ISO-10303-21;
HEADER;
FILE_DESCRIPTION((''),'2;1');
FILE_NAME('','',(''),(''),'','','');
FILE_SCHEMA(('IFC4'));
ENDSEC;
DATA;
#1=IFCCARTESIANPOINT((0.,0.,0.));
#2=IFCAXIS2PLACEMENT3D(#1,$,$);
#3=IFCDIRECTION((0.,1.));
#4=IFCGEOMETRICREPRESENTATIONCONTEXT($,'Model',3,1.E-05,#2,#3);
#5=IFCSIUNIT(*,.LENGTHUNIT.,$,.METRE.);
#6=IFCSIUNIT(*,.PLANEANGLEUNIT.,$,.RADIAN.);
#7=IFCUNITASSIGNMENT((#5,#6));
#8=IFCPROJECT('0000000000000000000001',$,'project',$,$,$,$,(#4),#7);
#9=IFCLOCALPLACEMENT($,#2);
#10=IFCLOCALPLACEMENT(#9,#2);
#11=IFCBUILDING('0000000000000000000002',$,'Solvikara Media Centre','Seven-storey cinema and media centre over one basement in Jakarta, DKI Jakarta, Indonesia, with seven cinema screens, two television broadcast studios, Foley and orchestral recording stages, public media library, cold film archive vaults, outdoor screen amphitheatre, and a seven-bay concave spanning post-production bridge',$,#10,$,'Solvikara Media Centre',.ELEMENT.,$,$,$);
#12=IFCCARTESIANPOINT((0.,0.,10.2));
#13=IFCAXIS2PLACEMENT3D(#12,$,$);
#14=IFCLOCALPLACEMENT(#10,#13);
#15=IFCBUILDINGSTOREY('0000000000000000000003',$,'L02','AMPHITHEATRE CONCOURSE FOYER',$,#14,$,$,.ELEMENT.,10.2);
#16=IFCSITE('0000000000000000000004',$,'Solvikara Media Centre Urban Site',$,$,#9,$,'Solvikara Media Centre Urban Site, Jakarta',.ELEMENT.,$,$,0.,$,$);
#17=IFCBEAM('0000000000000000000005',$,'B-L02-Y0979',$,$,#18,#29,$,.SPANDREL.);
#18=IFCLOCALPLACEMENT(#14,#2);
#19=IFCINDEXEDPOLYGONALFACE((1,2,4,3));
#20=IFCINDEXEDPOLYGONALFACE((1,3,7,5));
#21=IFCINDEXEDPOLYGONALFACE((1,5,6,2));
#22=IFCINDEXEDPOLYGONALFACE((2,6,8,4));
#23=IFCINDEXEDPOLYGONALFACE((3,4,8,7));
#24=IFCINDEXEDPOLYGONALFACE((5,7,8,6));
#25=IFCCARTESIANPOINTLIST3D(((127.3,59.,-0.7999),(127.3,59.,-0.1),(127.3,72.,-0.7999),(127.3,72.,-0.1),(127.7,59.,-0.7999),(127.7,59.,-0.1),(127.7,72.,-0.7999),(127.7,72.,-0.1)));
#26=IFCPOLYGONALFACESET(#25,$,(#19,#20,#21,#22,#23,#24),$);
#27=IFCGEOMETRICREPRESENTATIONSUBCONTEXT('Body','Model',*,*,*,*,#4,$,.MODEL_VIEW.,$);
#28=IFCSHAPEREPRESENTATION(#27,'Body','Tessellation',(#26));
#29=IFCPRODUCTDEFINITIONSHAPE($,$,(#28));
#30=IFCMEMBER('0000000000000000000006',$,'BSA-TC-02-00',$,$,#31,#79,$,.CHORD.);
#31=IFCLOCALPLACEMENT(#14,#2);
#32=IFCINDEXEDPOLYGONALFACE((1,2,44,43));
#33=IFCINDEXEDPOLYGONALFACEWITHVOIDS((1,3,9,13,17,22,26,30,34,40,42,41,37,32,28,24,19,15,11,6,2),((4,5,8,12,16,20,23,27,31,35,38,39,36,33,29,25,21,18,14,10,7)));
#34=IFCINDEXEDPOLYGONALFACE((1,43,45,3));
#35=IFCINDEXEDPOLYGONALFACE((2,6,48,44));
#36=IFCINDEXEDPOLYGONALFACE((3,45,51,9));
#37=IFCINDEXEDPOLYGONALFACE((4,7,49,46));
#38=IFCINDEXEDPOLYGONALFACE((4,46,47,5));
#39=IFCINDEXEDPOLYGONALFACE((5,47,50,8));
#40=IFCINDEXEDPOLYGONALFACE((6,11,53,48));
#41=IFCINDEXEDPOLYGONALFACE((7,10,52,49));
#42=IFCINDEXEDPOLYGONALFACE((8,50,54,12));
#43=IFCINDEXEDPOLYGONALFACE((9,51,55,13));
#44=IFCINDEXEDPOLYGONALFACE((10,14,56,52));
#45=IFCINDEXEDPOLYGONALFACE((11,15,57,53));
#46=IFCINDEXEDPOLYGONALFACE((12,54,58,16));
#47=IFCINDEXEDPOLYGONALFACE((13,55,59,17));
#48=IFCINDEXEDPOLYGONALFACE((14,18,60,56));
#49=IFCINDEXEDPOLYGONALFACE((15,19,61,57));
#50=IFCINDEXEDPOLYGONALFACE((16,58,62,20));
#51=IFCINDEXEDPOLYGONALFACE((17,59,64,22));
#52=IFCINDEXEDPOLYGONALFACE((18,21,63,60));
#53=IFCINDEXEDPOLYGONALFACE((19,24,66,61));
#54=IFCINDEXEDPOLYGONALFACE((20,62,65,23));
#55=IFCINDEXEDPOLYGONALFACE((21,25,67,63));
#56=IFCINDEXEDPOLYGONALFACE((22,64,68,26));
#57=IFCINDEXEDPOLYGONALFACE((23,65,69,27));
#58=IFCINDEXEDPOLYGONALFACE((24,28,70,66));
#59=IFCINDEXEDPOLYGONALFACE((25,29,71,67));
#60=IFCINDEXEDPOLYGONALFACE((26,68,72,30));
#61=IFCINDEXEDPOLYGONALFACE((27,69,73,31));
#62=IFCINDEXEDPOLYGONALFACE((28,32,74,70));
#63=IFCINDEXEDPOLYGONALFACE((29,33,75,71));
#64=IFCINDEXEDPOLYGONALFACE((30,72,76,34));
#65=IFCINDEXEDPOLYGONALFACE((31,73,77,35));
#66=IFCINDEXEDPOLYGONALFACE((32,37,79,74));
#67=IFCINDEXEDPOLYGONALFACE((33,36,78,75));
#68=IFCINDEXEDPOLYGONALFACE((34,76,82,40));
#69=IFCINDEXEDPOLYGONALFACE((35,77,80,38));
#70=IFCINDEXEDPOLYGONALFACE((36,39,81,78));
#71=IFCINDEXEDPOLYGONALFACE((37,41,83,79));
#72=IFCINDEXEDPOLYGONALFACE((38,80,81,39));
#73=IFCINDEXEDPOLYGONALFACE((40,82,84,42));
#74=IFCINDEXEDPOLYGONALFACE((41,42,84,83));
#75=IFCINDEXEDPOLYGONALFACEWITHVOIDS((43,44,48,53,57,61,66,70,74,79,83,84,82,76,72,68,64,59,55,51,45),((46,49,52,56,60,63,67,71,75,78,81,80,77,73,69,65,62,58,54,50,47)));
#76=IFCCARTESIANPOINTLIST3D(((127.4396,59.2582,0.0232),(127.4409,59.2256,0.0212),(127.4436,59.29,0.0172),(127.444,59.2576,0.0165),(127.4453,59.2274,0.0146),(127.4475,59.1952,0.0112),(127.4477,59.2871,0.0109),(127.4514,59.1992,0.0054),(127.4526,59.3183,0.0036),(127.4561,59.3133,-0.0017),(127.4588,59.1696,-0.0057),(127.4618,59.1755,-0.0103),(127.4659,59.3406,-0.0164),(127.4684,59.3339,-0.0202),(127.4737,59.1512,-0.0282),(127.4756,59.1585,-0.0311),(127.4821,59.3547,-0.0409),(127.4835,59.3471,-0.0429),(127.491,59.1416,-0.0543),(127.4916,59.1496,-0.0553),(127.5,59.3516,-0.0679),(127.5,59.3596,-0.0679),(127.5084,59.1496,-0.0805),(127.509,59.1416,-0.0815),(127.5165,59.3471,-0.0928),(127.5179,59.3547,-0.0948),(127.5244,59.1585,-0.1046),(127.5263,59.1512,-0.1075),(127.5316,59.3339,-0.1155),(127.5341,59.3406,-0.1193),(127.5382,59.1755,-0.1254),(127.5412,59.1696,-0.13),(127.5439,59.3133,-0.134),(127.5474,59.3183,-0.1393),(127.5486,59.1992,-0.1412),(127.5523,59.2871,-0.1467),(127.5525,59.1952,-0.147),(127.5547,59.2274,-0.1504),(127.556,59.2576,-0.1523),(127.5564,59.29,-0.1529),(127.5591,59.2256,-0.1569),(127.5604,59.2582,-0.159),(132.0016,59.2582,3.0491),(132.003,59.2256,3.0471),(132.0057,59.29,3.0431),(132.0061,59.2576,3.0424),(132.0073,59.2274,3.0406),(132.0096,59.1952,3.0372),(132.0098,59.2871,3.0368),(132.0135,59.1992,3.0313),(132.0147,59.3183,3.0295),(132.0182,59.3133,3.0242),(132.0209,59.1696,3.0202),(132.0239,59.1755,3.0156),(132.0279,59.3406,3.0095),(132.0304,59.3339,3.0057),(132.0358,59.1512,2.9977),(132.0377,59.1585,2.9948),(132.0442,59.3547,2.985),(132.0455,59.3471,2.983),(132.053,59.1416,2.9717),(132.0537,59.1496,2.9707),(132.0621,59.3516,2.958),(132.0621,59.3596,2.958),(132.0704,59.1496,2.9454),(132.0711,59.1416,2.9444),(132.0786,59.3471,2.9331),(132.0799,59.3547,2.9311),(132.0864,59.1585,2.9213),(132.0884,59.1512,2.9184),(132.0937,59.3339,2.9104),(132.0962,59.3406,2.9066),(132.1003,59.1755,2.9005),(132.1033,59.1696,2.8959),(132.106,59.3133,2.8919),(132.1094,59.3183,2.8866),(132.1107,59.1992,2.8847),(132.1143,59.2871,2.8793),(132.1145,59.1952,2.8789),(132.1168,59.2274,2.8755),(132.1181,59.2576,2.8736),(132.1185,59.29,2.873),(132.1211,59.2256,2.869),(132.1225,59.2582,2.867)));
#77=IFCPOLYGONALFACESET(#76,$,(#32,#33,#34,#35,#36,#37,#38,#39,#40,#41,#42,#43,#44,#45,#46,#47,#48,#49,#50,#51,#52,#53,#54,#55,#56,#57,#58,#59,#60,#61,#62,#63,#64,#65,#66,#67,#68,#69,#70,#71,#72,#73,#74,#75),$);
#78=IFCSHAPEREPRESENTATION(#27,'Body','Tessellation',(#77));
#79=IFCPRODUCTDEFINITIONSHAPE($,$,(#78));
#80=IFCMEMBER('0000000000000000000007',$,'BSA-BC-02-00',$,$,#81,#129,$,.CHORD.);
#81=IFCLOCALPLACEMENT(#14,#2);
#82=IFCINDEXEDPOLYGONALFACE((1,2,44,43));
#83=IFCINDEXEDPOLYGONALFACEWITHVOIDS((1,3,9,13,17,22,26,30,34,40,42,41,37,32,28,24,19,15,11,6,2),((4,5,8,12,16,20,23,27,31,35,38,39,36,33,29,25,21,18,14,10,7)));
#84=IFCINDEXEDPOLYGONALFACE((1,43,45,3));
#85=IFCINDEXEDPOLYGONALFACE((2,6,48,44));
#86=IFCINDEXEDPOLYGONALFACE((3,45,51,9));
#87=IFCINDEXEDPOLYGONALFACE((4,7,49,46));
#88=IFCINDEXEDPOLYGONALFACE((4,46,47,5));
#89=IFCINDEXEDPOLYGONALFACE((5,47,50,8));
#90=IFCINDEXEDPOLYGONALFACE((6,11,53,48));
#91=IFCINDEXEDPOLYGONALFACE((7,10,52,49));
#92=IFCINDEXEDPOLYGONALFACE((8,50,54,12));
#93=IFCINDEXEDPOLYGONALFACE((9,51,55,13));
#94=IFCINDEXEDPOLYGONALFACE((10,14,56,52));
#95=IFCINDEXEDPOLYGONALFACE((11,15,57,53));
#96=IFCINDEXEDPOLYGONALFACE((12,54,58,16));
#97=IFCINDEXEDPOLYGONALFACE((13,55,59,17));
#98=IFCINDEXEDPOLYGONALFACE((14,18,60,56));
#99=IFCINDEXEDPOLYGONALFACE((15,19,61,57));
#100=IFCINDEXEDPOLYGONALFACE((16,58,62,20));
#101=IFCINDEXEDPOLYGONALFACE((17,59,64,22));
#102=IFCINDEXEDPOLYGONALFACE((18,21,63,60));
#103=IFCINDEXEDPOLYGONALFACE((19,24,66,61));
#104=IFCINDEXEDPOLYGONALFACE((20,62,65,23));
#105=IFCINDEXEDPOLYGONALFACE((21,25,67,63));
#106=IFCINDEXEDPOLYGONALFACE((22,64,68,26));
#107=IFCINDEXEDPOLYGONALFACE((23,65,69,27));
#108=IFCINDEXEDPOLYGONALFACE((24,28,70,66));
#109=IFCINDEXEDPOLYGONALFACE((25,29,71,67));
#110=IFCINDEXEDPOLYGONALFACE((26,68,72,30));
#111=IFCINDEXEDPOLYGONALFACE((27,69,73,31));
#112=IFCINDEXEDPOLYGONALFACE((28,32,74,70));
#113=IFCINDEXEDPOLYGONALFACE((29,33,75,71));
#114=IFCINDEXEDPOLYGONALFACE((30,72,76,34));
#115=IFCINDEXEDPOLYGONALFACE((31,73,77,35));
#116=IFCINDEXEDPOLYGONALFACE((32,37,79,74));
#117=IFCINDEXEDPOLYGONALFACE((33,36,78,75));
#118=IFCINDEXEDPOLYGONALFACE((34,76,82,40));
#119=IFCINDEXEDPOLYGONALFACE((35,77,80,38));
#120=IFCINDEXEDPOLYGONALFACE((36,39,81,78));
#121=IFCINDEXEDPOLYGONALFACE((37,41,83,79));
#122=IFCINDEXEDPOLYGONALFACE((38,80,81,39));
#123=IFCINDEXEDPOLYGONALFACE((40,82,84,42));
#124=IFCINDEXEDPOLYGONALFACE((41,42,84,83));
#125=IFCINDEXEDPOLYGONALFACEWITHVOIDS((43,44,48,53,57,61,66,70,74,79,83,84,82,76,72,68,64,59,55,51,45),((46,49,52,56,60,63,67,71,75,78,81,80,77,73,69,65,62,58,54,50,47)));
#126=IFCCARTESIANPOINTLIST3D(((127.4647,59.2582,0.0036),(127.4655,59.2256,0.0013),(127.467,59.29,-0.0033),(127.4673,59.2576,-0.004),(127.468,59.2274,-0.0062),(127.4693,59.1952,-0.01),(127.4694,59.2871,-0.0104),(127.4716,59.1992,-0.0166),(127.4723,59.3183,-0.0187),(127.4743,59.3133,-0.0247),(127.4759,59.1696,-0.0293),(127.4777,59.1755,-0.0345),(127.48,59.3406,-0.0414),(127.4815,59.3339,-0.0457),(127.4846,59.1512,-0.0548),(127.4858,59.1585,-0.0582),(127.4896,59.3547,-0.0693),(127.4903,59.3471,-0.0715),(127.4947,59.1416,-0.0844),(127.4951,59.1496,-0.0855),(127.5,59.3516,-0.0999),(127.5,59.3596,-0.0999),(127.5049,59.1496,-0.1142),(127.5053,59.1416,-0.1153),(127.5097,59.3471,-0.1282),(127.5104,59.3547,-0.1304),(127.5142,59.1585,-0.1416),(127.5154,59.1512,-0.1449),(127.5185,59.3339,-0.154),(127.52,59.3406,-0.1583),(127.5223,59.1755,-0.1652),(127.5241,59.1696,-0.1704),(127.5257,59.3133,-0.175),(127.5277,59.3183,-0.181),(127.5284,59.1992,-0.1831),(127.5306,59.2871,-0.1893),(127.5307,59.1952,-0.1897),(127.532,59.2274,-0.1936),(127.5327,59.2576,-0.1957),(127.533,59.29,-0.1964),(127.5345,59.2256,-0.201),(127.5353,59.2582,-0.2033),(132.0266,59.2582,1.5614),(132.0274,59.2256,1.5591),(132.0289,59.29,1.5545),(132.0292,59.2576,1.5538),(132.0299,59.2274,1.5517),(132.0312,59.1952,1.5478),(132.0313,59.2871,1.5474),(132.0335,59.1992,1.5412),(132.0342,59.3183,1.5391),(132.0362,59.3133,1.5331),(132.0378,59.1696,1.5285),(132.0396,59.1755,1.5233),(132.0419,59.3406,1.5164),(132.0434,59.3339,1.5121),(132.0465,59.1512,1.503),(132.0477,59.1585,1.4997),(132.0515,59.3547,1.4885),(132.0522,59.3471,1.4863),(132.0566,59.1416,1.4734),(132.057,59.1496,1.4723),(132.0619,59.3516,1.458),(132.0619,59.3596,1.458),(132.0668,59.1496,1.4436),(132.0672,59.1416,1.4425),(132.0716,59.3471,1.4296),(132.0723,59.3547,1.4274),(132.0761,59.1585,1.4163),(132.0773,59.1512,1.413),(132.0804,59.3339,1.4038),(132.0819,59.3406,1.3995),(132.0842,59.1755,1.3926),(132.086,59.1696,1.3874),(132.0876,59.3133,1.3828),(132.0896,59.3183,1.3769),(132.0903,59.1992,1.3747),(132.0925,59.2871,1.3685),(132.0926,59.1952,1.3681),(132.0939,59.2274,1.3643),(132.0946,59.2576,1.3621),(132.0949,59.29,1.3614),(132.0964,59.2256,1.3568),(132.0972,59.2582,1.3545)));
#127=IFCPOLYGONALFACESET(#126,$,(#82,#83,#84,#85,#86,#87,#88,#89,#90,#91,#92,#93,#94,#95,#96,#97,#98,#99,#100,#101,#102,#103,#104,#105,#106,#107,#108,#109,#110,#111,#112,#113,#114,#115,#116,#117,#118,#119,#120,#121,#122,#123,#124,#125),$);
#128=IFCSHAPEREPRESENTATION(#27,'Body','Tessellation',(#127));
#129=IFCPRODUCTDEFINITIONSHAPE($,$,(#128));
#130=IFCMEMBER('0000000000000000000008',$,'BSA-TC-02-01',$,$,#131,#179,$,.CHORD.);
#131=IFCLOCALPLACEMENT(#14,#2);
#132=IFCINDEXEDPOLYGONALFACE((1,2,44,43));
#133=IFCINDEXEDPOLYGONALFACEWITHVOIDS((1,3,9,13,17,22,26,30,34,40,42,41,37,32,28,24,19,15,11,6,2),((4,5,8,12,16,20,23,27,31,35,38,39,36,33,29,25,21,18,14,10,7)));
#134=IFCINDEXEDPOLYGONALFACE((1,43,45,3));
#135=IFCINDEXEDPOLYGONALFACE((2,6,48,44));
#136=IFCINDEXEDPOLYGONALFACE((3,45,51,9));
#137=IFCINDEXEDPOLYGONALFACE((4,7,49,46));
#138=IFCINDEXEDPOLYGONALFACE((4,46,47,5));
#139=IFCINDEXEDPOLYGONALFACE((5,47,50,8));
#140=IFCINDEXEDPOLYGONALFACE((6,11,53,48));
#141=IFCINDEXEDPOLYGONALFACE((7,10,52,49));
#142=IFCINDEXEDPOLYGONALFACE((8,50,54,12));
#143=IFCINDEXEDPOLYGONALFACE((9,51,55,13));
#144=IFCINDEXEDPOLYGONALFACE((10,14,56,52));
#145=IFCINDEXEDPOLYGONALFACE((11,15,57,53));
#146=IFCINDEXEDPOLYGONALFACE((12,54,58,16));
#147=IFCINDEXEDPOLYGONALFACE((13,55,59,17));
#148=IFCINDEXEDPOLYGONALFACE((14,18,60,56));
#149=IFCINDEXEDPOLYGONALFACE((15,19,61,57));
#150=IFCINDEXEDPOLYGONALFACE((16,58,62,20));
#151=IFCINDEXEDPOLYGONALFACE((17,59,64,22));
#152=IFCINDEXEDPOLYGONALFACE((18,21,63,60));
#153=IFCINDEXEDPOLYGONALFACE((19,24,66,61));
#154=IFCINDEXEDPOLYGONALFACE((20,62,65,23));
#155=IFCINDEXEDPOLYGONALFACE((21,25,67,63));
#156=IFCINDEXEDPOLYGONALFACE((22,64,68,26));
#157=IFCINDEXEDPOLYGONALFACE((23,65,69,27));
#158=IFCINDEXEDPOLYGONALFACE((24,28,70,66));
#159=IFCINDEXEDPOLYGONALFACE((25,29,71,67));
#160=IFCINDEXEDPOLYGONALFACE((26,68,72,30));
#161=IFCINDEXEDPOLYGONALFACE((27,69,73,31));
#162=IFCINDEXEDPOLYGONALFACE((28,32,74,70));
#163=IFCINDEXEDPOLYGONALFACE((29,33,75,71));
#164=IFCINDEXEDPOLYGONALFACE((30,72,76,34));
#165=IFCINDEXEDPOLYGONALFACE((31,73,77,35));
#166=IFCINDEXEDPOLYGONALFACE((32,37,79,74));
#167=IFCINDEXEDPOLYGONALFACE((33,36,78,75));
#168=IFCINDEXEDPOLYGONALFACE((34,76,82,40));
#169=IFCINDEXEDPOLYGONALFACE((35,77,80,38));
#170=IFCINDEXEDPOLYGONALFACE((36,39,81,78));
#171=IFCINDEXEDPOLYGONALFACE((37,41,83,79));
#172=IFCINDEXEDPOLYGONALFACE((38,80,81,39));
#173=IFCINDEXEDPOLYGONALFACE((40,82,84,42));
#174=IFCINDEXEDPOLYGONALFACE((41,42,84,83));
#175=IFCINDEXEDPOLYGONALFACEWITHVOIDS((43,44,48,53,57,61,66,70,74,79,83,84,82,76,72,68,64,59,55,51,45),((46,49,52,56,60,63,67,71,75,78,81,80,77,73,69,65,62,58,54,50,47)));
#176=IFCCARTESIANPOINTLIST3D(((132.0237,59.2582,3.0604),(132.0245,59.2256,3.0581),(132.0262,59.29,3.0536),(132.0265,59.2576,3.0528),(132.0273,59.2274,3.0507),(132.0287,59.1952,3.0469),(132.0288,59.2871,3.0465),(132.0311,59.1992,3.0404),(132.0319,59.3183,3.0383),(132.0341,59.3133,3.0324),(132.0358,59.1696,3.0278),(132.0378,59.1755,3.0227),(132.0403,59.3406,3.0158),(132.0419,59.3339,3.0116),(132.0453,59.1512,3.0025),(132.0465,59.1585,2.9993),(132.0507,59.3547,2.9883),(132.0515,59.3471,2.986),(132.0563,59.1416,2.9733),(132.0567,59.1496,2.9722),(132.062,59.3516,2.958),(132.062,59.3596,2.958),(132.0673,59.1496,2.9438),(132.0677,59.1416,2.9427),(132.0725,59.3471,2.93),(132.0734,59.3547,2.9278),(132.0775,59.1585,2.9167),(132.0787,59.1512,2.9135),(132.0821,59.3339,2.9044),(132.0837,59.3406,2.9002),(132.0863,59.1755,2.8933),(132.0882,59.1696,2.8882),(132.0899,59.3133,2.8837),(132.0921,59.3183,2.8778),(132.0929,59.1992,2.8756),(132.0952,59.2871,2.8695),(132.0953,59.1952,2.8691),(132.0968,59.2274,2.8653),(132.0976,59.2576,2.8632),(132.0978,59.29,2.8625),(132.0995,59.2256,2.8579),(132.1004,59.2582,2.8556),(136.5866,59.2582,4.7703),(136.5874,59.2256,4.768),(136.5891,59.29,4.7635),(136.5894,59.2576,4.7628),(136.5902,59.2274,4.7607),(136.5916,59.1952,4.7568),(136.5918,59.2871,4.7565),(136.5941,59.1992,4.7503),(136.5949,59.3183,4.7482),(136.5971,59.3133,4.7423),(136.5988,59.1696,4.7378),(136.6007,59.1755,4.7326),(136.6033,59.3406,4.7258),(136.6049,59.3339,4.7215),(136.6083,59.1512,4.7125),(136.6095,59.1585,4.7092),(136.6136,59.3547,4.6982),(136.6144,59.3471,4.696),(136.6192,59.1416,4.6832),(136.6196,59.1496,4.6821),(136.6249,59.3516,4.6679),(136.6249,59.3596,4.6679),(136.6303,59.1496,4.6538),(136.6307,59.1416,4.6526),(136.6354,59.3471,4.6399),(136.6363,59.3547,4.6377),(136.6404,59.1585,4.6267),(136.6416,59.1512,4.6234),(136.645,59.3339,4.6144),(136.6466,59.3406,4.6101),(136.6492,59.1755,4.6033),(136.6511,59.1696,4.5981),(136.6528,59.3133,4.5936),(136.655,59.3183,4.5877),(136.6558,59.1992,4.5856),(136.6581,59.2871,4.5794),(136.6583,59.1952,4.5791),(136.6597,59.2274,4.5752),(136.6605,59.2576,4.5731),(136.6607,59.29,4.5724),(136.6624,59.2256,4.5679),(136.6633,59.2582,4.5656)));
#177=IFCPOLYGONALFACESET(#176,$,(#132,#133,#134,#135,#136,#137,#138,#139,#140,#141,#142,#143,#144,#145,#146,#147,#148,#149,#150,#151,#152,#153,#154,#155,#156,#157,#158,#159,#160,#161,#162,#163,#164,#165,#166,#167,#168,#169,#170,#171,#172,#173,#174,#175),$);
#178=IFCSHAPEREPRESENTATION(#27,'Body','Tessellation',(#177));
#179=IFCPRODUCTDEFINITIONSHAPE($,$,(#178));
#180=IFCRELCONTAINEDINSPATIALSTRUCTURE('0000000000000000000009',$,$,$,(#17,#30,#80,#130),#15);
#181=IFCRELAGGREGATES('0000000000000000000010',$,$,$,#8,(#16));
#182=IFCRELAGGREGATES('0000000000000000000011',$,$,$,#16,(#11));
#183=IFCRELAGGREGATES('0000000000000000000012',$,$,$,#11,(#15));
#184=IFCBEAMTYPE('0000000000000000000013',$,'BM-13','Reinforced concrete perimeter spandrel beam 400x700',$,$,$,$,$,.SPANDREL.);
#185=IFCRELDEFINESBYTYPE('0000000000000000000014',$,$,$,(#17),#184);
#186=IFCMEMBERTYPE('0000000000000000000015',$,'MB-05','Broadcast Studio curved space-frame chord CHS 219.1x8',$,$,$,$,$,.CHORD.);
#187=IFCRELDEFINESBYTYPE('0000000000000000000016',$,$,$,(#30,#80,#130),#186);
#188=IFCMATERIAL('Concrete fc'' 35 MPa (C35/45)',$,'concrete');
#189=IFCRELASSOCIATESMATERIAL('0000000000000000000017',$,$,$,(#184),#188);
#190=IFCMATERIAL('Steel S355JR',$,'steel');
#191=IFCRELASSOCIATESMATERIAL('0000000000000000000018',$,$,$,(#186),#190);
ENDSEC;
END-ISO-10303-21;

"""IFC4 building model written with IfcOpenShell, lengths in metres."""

from ifc_helpers import new_model, si_unit, direction, frame, origin, origin_2d, place, context, subcontext, project, spatial, rectangle, hollow_circle, extrude, material, material_profile, profile_set, type_object, element, save


model = new_model("IFC4")

# Units and contexts
model_context = context("Model", 3, precision=1e-05, world=origin(), true_north=direction((0.0, 1.0)))
body_context = subcontext(model_context, "Body", "Model", "MODEL_VIEW")
ifc_project = project(units=[si_unit("LENGTHUNIT", "METRE"), si_unit("PLANEANGLEUNIT", "RADIAN")], contexts=[model_context])

# Site, building, storey
site_placement = place(None, origin())
site = spatial("IfcSite", under=ifc_project, at=site_placement, Name="Solvikara Media Centre Urban Site", LongName="Solvikara Media Centre Urban Site, Jakarta", CompositionType="ELEMENT", RefElevation=0.0)
building_placement = place(site_placement, origin())
building = spatial("IfcBuilding", under=site, at=building_placement, Name="Solvikara Media Centre", Description="Seven-storey cinema and media centre over one basement in Jakarta, DKI Jakarta, Indonesia, with seven cinema screens, two television broadcast studios, Foley and orchestral recording stages, public media library, cold film archive vaults, outdoor screen amphitheatre, and a seven-bay concave spanning post-production bridge", LongName="Solvikara Media Centre", CompositionType="ELEMENT")
storey_placement = place(building_placement, frame((0.0, 0.0, 10.2)))
storey = spatial("IfcBuildingStorey", under=building, at=storey_placement, Name="L02", Description="AMPHITHEATRE CONCOURSE FOYER", CompositionType="ELEMENT", Elevation=10.2)

# Beam
ifc_material_1 = material(Name="Concrete fc' 35 MPa (C35/45)", Category="concrete")
ifc_material_profile_1 = material_profile(ifc_material_1, rectangle(XDim=0.3999, YDim=0.7, at=origin_2d()), Name="RC 400x700")
ifc_profile_set_1 = profile_set([ifc_material_profile_1], Name="Concrete fc' 35 MPa (C35/45)")
beam_type = type_object("IfcBeamType", Name="BM-13", Description="Reinforced concrete perimeter spandrel beam 400x700", PredefinedType="SPANDREL", material=ifc_profile_set_1)
beam_placement = place(storey_placement, frame((127.5, 59.0, -0.45), z_axis=(0.0, 1.0, 0.0), x_axis=(-1.0, 0.0, 0.0)))
element("IfcBeam", 1, at=beam_placement, inside=storey, type_object=beam_type, Name="B-L02-Y0979", PredefinedType="SPANDREL", context=body_context, shape_type="SweptSolid", body=[
    extrude(rectangle(XDim=0.3999, YDim=0.7, at=origin_2d()), origin(), (0.0, 0.0, 1.0), 13.0),
])

# Members
ifc_material_2 = material(Name="Steel S355JR", Category="steel")
ifc_material_profile_2 = material_profile(ifc_material_2, hollow_circle(Radius=0.1096, WallThickness=0.0081, at=origin_2d()), Name="CHS 219.1x8")
ifc_profile_set_2 = profile_set([ifc_material_profile_2], Name="Steel S355JR")
member_type_1 = type_object("IfcMemberType", Name="MB-05", Description="Broadcast Studio curved space-frame chord CHS 219.1x8", PredefinedType="CHORD", material=ifc_profile_set_2)
member_1_placement = place(storey_placement, frame((127.5, 59.25, -0.0679), z_axis=(0.833352, 0.0, 0.552743), x_axis=(0.0, 1.0, 0.0)))
element("IfcMember", 2, at=member_1_placement, inside=storey, type_object=member_type_1, Name="BSA-TC-02-00", PredefinedType="CHORD", context=body_context, shape_type="SweptSolid", body=[
    extrude(hollow_circle(Radius=0.1096, WallThickness=0.0081, at=origin_2d()), origin(), (0.0, 0.0, 1.0), 5.4744),
])
member_2_placement = place(storey_placement, frame((127.5, 59.25, -0.0999), z_axis=(0.946343, 0.0, 0.323163), x_axis=(0.0, 1.0, 0.0)))
element("IfcMember", 3, at=member_2_placement, inside=storey, type_object=member_type_1, Name="BSA-BC-02-00", PredefinedType="CHORD", context=body_context, shape_type="SweptSolid", body=[
    extrude(hollow_circle(Radius=0.1096, WallThickness=0.0081, at=origin_2d()), origin(), (0.0, 0.0, 1.0), 4.8206),
])
for number, where, z_axis, x_axis, name in (
    (4, (132.062, 59.25, 2.958), (0.936407, 0.0, 0.350915), (0.0, 1.0, 0.0), "BSA-TC-02-01"),
):
    element("IfcMember", number, at=place(storey_placement, frame(where, z_axis=z_axis, x_axis=x_axis)), inside=storey, type_object=member_type_1, Name=name, PredefinedType="CHORD", context=body_context, shape_type="SweptSolid", body=[
        extrude(hollow_circle(Radius=0.1096, WallThickness=0.0081, at=origin_2d()), origin(), (0.0, 0.0, 1.0), 4.8728),
    ])

save(model, "model.ifc")
